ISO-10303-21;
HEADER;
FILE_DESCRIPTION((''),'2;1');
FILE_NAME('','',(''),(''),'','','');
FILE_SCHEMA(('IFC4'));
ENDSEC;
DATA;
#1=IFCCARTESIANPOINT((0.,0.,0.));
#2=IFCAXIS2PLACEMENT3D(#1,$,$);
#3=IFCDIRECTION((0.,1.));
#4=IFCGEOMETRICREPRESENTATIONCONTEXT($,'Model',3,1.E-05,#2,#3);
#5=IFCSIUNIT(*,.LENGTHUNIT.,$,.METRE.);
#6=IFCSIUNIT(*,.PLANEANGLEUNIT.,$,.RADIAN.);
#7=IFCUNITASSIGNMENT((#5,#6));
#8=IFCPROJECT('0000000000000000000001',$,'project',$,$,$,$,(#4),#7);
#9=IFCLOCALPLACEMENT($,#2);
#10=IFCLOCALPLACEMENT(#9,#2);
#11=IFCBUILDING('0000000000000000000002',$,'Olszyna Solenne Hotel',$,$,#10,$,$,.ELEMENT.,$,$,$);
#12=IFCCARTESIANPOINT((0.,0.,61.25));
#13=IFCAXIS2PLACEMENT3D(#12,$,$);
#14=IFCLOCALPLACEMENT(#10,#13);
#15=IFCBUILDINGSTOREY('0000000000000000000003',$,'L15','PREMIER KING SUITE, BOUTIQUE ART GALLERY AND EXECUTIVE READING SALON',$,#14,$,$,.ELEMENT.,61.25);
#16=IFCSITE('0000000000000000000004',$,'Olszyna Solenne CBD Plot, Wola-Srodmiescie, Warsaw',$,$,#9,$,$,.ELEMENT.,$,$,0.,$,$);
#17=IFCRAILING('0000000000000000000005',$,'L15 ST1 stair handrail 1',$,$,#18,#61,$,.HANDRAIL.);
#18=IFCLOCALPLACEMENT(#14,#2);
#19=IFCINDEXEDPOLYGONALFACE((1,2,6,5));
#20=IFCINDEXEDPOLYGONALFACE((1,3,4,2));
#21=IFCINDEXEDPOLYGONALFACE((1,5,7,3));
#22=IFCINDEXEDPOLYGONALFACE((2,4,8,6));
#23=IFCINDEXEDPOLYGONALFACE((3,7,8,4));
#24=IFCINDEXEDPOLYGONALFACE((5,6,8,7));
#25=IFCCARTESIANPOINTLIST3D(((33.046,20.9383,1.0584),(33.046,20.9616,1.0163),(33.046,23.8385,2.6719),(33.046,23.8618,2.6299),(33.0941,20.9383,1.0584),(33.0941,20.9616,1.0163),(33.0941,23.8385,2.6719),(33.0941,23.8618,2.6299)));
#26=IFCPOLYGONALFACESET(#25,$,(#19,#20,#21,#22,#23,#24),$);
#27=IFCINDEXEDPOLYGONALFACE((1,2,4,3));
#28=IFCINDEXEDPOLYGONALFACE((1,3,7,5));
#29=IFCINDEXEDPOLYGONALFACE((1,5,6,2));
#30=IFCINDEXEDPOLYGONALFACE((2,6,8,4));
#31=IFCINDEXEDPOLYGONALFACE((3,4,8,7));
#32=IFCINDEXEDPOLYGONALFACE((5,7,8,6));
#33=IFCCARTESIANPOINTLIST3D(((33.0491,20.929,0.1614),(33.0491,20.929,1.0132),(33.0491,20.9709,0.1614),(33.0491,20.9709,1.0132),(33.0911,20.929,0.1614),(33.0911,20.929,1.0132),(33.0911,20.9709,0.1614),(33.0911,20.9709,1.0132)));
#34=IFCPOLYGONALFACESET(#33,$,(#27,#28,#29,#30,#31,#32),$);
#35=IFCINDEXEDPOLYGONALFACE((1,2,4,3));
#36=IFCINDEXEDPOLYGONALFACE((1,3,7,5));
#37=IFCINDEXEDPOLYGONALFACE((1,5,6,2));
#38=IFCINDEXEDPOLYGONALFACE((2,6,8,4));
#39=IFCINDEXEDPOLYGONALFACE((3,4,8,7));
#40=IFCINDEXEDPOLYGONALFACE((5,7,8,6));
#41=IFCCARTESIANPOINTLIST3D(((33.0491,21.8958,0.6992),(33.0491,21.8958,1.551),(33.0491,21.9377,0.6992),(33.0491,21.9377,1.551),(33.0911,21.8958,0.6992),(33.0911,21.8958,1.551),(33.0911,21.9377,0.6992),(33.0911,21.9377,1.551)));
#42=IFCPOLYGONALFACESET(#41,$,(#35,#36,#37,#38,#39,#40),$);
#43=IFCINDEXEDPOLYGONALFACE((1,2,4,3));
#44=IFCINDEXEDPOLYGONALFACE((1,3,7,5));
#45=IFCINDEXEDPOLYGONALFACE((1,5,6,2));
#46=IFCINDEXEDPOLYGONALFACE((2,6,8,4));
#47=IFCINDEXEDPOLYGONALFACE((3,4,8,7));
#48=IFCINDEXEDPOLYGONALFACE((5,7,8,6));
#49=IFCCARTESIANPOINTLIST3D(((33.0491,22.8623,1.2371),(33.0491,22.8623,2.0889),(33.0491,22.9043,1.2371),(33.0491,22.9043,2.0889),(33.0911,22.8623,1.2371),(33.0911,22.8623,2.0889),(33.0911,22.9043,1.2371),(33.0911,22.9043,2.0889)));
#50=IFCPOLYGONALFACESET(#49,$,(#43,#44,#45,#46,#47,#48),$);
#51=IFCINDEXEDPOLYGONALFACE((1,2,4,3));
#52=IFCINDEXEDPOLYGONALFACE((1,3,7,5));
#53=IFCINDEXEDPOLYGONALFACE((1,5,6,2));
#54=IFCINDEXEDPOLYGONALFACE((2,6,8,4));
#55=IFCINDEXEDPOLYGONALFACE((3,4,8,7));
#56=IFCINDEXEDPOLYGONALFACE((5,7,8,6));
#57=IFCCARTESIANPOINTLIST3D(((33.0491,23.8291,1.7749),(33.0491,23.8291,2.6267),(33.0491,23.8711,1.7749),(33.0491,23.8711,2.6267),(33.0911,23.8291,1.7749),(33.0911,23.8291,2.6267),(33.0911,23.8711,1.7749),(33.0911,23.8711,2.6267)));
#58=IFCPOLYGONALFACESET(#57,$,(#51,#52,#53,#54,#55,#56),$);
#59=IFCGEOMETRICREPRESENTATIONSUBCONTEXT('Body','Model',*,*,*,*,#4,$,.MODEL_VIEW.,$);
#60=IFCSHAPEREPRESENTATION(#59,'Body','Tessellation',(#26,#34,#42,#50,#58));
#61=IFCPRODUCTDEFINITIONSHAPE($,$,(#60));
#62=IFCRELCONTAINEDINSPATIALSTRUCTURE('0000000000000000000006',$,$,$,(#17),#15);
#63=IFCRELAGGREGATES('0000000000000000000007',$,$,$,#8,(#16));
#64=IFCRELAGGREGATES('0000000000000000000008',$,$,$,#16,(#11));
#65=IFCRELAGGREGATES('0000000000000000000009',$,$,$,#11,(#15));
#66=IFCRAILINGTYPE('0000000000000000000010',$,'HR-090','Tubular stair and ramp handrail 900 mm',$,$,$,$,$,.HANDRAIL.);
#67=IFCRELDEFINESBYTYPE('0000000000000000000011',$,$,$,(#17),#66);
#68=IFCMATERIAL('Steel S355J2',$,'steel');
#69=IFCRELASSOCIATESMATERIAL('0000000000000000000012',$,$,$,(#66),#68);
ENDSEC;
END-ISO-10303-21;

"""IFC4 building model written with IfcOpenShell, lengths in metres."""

from ifc_helpers import new_model, si_unit, direction, frame, origin, origin_2d, place, context, subcontext, project, spatial, rectangle, extrude, material, type_object, element, save


model = new_model("IFC4")

# Units and contexts
model_context = context("Model", 3, precision=1e-05, world=origin(), true_north=direction((0.0, 1.0)))
body_context = subcontext(model_context, "Body", "Model", "MODEL_VIEW")
ifc_project = project(units=[si_unit("LENGTHUNIT", "METRE"), si_unit("PLANEANGLEUNIT", "RADIAN")], contexts=[model_context])

# Site, building, storey
site_placement = place(None, origin())
site = spatial("IfcSite", under=ifc_project, at=site_placement, Name="Olszyna Solenne CBD Plot, Wola-Srodmiescie, Warsaw", CompositionType="ELEMENT", RefElevation=0.0)
building_placement = place(site_placement, origin())
building = spatial("IfcBuilding", under=site, at=building_placement, Name="Olszyna Solenne Hotel", CompositionType="ELEMENT")
storey_placement = place(building_placement, frame((0.0, 0.0, 61.25)))
storey = spatial("IfcBuildingStorey", under=building, at=storey_placement, Name="L15", Description="PREMIER KING SUITE, BOUTIQUE ART GALLERY AND EXECUTIVE READING SALON", CompositionType="ELEMENT", Elevation=61.25)

# Shared definitions
ifc_material_1 = material(Name="Steel S355J2", Category="steel")

# Railing
railing_type = type_object("IfcRailingType", Name="HR-090", Description="Tubular stair and ramp handrail 900 mm", PredefinedType="HANDRAIL", material=ifc_material_1)
railing_placement = place(storey_placement, frame((33.0701, 20.95, 0.1614)))
element("IfcRailing", 1, at=railing_placement, inside=storey, type_object=railing_type, Name="L15 ST1 stair handrail 1", PredefinedType="HANDRAIL", context=body_context, shape_type="SweptSolid", body=[
    extrude(rectangle(XDim=0.0481, YDim=0.0481, at=origin_2d()), frame((0.0, 0.0, 0.876), z_axis=(0.0, 0.873859, 0.48618), x_axis=(-1.0, 0.0, 0.0)), (0.0, 0.0, 1.0), 3.3188),
    extrude(rectangle(XDim=0.042, YDim=0.042, at=origin_2d()), origin(), (0.0, 0.0, 1.0), 0.8518),
    extrude(rectangle(XDim=0.042, YDim=0.042, at=origin_2d()), frame((0.0, 0.9668, 0.5378)), (0.0, 0.0, 1.0), 0.8518),
    extrude(rectangle(XDim=0.042, YDim=0.042, at=origin_2d()), frame((0.0, 1.9333, 1.0757)), (0.0, 0.0, 1.0), 0.8518),
    extrude(rectangle(XDim=0.042, YDim=0.042, at=origin_2d()), frame((0.0, 2.9001, 1.6135)), (0.0, 0.0, 1.0), 0.8518),
])

save(model, "model.ifc")
